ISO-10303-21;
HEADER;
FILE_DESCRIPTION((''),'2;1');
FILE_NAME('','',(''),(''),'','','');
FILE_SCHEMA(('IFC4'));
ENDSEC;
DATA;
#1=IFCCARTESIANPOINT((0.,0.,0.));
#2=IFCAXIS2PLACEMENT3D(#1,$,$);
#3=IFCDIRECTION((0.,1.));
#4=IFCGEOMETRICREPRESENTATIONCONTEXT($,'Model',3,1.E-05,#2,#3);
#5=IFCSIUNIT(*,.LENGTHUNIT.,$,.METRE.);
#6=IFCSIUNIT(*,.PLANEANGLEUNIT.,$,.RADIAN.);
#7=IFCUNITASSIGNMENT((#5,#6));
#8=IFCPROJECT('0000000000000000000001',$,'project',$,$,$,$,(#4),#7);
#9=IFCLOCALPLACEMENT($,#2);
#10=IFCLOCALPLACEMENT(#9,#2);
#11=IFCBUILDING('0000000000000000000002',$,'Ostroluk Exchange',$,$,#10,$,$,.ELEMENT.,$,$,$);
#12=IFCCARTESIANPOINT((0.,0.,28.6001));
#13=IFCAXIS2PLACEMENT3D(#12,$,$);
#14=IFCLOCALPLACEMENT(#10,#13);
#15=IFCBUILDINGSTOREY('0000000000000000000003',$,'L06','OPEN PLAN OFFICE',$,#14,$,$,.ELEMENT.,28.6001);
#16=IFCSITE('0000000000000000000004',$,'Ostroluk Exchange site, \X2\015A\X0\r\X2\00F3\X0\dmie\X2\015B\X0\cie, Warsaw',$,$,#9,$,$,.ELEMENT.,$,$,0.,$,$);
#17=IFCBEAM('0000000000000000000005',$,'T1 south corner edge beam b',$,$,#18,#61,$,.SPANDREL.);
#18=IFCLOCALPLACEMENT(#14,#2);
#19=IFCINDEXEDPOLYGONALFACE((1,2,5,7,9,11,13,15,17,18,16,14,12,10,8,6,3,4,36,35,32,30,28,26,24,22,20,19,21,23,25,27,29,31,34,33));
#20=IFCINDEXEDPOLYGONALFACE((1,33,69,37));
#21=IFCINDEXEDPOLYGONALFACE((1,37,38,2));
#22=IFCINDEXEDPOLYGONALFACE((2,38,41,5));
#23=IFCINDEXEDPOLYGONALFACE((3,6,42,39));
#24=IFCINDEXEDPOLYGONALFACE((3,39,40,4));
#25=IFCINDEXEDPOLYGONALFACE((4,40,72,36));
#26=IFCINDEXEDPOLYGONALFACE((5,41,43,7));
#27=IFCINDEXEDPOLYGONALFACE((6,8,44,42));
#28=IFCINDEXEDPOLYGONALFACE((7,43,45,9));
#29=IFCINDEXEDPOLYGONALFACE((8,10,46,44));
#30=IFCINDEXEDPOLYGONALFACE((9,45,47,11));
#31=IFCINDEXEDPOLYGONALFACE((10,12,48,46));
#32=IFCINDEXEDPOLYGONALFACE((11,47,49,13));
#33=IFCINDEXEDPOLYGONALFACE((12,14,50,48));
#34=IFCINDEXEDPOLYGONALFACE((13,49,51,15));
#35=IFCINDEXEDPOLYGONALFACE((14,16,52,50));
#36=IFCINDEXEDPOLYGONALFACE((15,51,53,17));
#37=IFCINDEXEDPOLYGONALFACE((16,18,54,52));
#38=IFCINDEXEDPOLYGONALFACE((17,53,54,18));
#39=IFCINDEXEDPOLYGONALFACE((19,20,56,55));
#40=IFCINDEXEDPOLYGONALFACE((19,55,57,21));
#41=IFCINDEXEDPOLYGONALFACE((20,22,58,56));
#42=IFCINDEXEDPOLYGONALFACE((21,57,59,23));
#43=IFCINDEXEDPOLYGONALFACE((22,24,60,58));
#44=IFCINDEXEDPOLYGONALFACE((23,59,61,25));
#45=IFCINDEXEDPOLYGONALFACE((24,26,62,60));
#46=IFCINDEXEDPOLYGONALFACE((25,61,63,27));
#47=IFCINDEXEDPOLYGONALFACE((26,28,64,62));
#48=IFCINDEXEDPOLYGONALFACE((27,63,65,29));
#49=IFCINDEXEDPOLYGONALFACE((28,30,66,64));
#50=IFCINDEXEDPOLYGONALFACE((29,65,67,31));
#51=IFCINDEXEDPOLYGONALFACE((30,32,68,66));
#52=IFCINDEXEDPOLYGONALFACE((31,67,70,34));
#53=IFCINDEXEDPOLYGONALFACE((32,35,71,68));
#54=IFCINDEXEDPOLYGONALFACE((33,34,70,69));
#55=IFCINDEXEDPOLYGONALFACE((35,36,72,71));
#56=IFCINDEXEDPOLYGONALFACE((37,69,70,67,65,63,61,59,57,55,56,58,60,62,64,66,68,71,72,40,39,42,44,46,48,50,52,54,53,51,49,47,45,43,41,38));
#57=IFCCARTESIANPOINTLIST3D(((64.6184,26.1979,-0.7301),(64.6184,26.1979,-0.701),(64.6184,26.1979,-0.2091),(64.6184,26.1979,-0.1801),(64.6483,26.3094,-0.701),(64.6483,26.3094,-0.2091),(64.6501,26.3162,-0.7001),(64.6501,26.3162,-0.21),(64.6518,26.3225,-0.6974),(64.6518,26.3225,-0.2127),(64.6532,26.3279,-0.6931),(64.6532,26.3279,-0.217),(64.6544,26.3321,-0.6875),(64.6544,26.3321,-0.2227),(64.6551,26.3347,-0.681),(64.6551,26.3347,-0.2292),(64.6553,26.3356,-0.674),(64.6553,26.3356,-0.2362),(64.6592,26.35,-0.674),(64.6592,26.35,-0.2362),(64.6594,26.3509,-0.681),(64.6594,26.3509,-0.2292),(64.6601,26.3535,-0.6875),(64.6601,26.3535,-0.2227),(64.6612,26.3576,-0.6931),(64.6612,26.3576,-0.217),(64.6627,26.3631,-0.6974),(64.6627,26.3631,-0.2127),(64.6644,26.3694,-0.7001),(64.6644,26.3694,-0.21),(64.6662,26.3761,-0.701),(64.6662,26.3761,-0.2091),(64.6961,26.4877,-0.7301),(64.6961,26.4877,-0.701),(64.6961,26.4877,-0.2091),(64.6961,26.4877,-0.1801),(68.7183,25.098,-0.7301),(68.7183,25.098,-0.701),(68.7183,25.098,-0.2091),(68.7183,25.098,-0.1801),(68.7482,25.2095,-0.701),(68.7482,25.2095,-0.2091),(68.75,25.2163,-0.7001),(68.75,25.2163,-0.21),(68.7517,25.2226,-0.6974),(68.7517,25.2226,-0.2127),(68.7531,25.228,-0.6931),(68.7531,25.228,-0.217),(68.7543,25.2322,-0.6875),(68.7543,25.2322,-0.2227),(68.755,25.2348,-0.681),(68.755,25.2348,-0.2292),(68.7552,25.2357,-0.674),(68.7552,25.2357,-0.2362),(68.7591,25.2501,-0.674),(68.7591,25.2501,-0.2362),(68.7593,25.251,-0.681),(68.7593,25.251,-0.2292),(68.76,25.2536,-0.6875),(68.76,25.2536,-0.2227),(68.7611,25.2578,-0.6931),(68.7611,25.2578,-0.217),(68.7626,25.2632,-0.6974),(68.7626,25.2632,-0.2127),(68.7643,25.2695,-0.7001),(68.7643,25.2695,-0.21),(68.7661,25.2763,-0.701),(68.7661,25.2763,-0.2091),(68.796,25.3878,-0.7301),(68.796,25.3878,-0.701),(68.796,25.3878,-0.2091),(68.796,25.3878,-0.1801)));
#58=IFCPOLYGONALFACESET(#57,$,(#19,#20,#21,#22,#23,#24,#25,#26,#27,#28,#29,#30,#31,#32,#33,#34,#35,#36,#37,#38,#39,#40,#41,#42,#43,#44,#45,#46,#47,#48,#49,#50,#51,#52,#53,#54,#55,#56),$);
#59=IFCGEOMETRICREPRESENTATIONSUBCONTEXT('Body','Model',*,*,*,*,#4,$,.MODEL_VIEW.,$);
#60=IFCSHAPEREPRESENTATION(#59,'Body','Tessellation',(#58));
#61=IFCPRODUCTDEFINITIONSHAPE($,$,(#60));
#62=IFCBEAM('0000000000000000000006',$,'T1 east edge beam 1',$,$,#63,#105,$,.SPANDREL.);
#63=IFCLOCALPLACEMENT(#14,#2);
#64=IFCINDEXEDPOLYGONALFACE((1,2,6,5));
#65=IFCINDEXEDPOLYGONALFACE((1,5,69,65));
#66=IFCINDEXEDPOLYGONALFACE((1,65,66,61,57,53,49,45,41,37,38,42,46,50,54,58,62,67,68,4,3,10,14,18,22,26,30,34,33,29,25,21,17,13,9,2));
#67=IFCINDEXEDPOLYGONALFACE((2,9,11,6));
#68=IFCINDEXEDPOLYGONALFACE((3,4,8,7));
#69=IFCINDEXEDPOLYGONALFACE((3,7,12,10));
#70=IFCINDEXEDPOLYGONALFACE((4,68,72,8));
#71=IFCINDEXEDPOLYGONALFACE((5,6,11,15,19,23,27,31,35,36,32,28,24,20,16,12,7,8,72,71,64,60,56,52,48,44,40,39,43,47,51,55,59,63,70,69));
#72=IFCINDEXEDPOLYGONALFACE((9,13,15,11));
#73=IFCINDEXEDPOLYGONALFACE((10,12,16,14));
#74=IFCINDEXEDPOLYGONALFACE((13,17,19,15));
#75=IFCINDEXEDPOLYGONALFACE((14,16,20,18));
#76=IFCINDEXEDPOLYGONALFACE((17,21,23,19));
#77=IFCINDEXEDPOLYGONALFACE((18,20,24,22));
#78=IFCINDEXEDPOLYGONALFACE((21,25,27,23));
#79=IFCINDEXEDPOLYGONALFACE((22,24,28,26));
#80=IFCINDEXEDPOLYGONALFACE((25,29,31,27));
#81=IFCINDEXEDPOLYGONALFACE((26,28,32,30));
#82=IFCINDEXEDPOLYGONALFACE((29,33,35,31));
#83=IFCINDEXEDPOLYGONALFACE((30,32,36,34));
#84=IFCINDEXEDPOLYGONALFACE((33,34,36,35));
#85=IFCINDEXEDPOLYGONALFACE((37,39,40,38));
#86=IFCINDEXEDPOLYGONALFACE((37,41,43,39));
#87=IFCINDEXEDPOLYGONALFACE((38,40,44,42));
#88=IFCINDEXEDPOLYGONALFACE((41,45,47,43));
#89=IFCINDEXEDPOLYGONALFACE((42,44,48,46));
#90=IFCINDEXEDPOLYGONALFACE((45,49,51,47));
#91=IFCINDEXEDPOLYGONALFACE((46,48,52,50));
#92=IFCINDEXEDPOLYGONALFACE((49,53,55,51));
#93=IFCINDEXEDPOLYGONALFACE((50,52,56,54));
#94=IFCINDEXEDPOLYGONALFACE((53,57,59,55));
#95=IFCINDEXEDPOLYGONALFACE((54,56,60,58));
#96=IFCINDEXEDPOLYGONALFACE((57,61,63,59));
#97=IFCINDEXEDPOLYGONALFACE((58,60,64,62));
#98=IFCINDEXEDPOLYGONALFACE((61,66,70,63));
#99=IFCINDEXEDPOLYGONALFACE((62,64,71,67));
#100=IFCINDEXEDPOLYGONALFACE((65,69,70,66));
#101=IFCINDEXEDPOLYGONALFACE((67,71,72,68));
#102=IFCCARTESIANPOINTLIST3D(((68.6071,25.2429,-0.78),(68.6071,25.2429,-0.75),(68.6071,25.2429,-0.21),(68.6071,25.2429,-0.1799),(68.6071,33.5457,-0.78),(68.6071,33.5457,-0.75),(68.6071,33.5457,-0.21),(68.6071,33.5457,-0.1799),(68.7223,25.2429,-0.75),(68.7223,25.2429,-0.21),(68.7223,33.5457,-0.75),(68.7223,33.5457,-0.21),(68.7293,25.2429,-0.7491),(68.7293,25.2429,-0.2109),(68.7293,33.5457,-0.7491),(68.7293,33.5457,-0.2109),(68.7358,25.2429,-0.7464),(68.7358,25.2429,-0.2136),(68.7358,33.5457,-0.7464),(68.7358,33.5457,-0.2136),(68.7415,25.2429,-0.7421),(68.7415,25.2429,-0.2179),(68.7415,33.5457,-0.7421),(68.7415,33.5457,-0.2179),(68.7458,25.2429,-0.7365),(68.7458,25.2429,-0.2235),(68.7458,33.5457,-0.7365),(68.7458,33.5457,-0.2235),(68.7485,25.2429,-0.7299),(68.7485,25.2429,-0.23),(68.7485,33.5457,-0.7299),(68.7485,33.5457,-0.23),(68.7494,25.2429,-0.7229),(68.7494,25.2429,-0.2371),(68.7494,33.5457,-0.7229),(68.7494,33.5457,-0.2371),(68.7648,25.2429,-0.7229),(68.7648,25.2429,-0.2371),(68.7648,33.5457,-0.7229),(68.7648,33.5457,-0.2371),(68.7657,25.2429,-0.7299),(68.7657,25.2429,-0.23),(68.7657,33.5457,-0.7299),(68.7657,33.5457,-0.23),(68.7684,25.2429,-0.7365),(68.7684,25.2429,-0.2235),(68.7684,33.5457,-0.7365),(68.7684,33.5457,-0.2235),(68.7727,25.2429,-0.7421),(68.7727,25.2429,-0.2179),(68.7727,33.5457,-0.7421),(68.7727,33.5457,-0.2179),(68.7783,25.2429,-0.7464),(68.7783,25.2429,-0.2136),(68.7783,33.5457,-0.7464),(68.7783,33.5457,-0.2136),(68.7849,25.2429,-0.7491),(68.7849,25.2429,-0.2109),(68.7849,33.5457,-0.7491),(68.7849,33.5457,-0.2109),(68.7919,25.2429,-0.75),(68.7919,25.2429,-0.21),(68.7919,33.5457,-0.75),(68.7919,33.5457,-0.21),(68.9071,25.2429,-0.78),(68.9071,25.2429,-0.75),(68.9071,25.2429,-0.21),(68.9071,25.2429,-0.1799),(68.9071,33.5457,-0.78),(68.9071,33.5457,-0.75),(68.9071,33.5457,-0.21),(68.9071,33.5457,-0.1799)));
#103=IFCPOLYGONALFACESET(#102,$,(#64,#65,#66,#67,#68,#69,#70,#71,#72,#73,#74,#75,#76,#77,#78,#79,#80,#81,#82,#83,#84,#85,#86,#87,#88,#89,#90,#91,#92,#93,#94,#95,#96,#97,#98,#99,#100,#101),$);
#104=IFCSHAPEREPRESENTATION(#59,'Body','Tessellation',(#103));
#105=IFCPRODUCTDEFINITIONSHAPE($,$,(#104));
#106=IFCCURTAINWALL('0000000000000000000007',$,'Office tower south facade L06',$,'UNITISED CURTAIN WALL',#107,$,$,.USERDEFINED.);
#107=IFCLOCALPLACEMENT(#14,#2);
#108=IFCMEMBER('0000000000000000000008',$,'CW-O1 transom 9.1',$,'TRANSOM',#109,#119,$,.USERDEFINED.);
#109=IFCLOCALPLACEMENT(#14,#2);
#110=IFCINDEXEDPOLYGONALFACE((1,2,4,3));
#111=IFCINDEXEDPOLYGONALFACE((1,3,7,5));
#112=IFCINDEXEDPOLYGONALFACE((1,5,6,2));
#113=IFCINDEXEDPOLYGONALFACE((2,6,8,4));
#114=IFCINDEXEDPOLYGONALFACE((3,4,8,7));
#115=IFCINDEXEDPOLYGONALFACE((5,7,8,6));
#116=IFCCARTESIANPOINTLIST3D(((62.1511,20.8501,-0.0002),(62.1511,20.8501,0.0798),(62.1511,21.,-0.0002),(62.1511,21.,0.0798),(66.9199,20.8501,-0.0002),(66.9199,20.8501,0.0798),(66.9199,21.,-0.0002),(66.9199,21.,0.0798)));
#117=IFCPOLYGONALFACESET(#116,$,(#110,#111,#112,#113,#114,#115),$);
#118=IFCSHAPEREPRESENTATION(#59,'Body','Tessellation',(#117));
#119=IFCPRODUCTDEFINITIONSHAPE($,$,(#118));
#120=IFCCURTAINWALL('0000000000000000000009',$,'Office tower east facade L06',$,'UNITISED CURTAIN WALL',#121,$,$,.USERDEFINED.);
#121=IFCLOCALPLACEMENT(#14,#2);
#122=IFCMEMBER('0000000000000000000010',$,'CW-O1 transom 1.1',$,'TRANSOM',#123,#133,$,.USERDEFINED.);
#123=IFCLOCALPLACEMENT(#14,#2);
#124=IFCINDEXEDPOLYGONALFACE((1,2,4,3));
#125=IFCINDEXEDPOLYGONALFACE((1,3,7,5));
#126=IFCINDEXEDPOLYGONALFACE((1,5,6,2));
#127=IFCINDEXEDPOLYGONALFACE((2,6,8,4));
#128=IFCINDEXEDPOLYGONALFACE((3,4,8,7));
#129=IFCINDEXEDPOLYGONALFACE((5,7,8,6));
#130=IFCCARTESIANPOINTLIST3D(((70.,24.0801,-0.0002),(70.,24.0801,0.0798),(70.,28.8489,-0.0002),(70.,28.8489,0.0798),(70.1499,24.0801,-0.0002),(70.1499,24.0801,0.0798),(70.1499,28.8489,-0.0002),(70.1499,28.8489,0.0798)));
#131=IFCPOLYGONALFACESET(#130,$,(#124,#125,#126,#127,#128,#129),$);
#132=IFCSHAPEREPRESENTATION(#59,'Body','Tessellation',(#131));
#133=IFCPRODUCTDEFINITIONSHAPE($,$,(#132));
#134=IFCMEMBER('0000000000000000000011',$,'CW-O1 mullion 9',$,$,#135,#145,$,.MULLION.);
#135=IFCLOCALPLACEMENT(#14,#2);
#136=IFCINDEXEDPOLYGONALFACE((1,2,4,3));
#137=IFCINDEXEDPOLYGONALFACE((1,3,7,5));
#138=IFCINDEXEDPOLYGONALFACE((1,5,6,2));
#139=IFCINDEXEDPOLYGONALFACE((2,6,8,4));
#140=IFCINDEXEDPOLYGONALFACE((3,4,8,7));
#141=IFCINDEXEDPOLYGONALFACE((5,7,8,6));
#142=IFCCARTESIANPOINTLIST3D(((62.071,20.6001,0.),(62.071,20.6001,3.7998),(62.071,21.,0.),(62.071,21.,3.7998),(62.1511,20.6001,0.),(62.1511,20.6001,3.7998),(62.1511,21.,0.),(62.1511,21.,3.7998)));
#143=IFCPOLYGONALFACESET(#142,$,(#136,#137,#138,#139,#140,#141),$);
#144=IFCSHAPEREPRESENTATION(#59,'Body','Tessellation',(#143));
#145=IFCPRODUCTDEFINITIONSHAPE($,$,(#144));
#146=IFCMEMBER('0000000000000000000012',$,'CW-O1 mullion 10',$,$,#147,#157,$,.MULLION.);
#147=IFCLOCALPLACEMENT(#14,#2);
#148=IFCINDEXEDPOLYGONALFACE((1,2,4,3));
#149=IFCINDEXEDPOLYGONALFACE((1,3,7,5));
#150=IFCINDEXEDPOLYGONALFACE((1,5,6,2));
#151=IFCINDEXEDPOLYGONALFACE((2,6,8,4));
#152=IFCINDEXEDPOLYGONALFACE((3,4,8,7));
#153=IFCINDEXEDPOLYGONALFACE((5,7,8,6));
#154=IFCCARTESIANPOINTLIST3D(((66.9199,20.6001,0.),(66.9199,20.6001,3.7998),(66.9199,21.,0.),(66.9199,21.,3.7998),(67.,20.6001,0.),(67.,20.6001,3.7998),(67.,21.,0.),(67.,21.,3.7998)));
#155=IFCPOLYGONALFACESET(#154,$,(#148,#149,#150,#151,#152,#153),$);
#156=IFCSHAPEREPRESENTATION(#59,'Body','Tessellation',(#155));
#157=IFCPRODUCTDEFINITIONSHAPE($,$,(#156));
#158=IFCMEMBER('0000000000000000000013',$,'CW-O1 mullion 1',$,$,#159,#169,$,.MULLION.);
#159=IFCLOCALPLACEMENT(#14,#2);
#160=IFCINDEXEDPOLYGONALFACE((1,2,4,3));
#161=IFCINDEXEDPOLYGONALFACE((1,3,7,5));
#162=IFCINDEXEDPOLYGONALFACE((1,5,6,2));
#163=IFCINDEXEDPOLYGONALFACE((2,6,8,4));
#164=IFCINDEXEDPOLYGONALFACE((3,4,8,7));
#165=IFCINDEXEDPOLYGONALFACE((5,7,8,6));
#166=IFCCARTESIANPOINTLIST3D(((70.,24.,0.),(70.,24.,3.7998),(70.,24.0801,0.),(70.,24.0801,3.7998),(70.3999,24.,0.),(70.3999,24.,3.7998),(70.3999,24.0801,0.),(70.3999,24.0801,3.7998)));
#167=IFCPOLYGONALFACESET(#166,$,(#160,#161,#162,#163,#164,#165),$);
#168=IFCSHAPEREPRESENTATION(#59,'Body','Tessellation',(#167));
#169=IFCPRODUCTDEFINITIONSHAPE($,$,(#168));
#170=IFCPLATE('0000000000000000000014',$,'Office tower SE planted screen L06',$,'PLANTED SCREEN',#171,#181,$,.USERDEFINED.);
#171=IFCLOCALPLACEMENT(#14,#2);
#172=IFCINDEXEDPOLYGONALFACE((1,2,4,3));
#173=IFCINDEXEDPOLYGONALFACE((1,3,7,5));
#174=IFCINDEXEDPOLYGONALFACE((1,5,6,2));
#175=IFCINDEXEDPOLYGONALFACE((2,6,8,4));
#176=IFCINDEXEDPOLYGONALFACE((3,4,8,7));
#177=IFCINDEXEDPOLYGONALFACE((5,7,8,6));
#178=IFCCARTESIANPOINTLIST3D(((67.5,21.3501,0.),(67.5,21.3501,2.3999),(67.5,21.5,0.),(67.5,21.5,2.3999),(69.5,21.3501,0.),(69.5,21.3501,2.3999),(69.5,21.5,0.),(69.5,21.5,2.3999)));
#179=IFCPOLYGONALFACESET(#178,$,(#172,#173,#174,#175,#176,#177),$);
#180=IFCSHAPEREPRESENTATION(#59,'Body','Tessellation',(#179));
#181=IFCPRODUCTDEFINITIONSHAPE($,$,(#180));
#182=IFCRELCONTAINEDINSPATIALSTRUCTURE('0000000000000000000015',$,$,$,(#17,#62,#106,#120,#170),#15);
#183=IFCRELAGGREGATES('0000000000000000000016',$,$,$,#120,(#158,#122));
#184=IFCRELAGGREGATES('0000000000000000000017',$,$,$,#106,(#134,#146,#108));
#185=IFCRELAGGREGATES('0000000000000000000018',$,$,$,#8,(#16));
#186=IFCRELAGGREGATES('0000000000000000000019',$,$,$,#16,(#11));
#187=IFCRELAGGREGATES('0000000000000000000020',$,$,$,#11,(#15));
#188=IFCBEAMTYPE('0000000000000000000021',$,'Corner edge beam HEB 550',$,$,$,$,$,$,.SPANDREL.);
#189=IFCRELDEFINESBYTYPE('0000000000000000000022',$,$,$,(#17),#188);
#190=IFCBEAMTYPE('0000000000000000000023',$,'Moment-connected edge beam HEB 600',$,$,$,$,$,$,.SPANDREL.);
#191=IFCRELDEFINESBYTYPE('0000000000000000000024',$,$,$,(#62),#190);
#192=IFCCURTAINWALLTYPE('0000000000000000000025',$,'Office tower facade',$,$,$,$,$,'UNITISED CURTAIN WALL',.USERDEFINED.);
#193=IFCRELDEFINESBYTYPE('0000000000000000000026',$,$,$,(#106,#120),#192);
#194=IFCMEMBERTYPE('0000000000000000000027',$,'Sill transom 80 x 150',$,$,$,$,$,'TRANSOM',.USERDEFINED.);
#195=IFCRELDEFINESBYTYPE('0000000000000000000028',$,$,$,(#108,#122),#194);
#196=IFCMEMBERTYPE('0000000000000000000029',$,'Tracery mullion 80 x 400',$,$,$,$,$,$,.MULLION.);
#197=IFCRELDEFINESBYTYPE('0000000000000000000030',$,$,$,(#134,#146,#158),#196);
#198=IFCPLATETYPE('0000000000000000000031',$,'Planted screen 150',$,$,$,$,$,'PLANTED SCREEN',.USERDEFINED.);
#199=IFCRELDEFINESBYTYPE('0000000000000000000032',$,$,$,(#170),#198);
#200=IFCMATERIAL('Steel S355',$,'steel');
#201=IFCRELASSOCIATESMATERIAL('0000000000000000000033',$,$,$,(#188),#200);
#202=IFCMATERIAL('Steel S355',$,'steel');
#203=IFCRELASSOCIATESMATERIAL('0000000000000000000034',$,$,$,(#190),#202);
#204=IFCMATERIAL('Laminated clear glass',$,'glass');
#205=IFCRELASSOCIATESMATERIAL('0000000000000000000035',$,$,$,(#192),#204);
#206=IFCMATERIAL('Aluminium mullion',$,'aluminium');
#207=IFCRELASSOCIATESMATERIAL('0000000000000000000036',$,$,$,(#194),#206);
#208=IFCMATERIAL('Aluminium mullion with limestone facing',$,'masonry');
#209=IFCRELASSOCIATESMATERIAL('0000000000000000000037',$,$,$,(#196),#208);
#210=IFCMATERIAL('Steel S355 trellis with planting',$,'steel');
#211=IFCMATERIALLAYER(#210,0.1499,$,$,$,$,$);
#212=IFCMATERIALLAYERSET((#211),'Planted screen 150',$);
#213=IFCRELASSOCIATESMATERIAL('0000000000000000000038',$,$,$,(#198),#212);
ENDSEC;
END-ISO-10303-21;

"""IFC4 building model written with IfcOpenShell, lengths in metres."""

from ifc_helpers import new_model, si_unit, direction, frame, origin, origin_2d, place, context, subcontext, project, spatial, rectangle, i_section, extrude, material, layer, layer_set, material_profile, profile_set, type_object, element, aggregate, save


model = new_model("IFC4")

# Units and contexts
model_context = context("Model", 3, precision=1e-05, world=origin(), true_north=direction((0.0, 1.0)))
body_context = subcontext(model_context, "Body", "Model", "MODEL_VIEW")
ifc_project = project(units=[si_unit("LENGTHUNIT", "METRE"), si_unit("PLANEANGLEUNIT", "RADIAN")], contexts=[model_context])

# Site, building, storey
site_placement = place(None, origin())
site = spatial("IfcSite", under=ifc_project, at=site_placement, Name="Ostroluk Exchange site, Śródmieście, Warsaw", CompositionType="ELEMENT", RefElevation=0.0)
building_placement = place(site_placement, origin())
building = spatial("IfcBuilding", under=site, at=building_placement, Name="Ostroluk Exchange", CompositionType="ELEMENT")
storey_placement = place(building_placement, frame((0.0, 0.0, 28.6001)))
storey = spatial("IfcBuildingStorey", under=building, at=storey_placement, Name="L06", Description="OPEN PLAN OFFICE", CompositionType="ELEMENT", Elevation=28.6001)

# Beams
ifc_material_1 = material(Name="Steel S355", Category="steel")
ifc_material_profile_1 = material_profile(ifc_material_1, i_section(OverallWidth=0.3, OverallDepth=0.55, WebThickness=0.0149, FlangeThickness=0.0291, FilletRadius=0.0271, at=origin_2d()), Name="HEB 550")
ifc_profile_set_1 = profile_set([ifc_material_profile_1], Name="Steel S355")
beam_type_1 = type_object("IfcBeamType", Name="Corner edge beam HEB 550", PredefinedType="SPANDREL", material=ifc_profile_set_1)
for number, where, z_axis, x_axis, name in (
    (1, (64.6572, 26.3428, -0.4551), (0.965849, -0.259105, 0.0), (0.259105, 0.965849, 0.0), "T1 south corner edge beam b"),
):
    element("IfcBeam", number, at=place(storey_placement, frame(where, z_axis=z_axis, x_axis=x_axis)), inside=storey, type_object=beam_type_1, Name=name, PredefinedType="SPANDREL", context=body_context, shape_type="SweptSolid", body=[
        extrude(i_section(OverallWidth=0.3, OverallDepth=0.55, WebThickness=0.0149, FlangeThickness=0.0291, FilletRadius=0.0271, at=origin_2d()), origin(), (0.0, 0.0, 1.0), 4.2449),
    ])
ifc_material_2 = material(Name="Steel S355", Category="steel")
ifc_material_profile_2 = material_profile(ifc_material_2, i_section(OverallWidth=0.3, OverallDepth=0.6001, WebThickness=0.0154, FlangeThickness=0.03, FilletRadius=0.0271, at=origin_2d()), Name="HEB 600")
ifc_profile_set_2 = profile_set([ifc_material_profile_2], Name="Steel S355")
beam_type_2 = type_object("IfcBeamType", Name="Moment-connected edge beam HEB 600", PredefinedType="SPANDREL", material=ifc_profile_set_2)
beam_1_placement = place(storey_placement, frame((68.7571, 25.2429, -0.48), z_axis=(0.0, 1.0, 0.0), x_axis=(-1.0, 0.0, 0.0)))
element("IfcBeam", 2, at=beam_1_placement, inside=storey, type_object=beam_type_2, Name="T1 east edge beam 1", PredefinedType="SPANDREL", context=body_context, shape_type="SweptSolid", body=[
    extrude(i_section(OverallWidth=0.3, OverallDepth=0.6001, WebThickness=0.0154, FlangeThickness=0.03, FilletRadius=0.0271, at=origin_2d()), origin(), (0.0, 0.0, 1.0), 8.3027),
])

# Curtain walls, members
ifc_material_3 = material(Name="Laminated clear glass", Category="glass")
curtain_wall_type = type_object("IfcCurtainWallType", Name="Office tower facade", ElementType="UNITISED CURTAIN WALL", PredefinedType="USERDEFINED", material=ifc_material_3)
curtain_wall_1_placement = place(storey_placement, origin())
curtain_wall_1 = element("IfcCurtainWall", 3, at=curtain_wall_1_placement, inside=storey, type_object=curtain_wall_type, Name="Office tower south facade L06", ObjectType="UNITISED CURTAIN WALL", PredefinedType="USERDEFINED")
ifc_material_4 = material(Name="Aluminium mullion", Category="aluminium")
ifc_material_profile_3 = material_profile(ifc_material_4, rectangle(XDim=0.1499, YDim=0.0801, at=origin_2d()), Name="Sill transom 80 x 150")
ifc_profile_set_3 = profile_set([ifc_material_profile_3], Name="Aluminium mullion")
member_type_1 = type_object("IfcMemberType", Name="Sill transom 80 x 150", ElementType="TRANSOM", PredefinedType="USERDEFINED", material=ifc_profile_set_3)
member_1_placement = place(storey_placement, frame((62.1511, 20.925, 0.0398), z_axis=(1.0, 0.0, 0.0), x_axis=(0.0, 1.0, 0.0)))
member_1 = element("IfcMember", 4, at=member_1_placement, type_object=member_type_1, Name="CW-O1 transom 9.1", ObjectType="TRANSOM", PredefinedType="USERDEFINED", context=body_context, shape_type="SweptSolid", body=[
    extrude(rectangle(XDim=0.1499, YDim=0.0801, at=origin_2d()), origin(), (0.0, 0.0, 1.0), 4.7688),
])
curtain_wall_2_placement = place(storey_placement, origin())
curtain_wall_2 = element("IfcCurtainWall", 5, at=curtain_wall_2_placement, inside=storey, type_object=curtain_wall_type, Name="Office tower east facade L06", ObjectType="UNITISED CURTAIN WALL", PredefinedType="USERDEFINED")
member_2_placement = place(storey_placement, frame((70.075, 24.0801, 0.0398), z_axis=(0.0, 1.0, 0.0), x_axis=(-1.0, 0.0, 0.0)))
member_2 = element("IfcMember", 6, at=member_2_placement, type_object=member_type_1, Name="CW-O1 transom 1.1", ObjectType="TRANSOM", PredefinedType="USERDEFINED", context=body_context, shape_type="SweptSolid", body=[
    extrude(rectangle(XDim=0.1499, YDim=0.0801, at=origin_2d()), origin(), (0.0, 0.0, 1.0), 4.7688),
])

# Members
ifc_material_5 = material(Name="Aluminium mullion with limestone facing", Category="masonry")
ifc_material_profile_4 = material_profile(ifc_material_5, rectangle(XDim=0.3999, YDim=0.0801, at=origin_2d()), Name="Tracery mullion 80 x 400")
ifc_profile_set_4 = profile_set([ifc_material_profile_4], Name="Aluminium mullion with limestone facing")
member_type_2 = type_object("IfcMemberType", Name="Tracery mullion 80 x 400", PredefinedType="MULLION", material=ifc_profile_set_4)
member_3_placement = place(storey_placement, frame((62.1111, 20.8, 0.0), z_axis=(0.0, 0.0, 1.0), x_axis=(0.0, 1.0, 0.0)))
member_3 = element("IfcMember", 7, at=member_3_placement, type_object=member_type_2, Name="CW-O1 mullion 9", PredefinedType="MULLION", context=body_context, shape_type="SweptSolid", body=[
    extrude(rectangle(XDim=0.3999, YDim=0.0801, at=origin_2d()), origin(), (0.0, 0.0, 1.0), 3.7998),
])
member_4_placement = place(storey_placement, frame((66.96, 20.8, 0.0), z_axis=(0.0, 0.0, 1.0), x_axis=(0.0, 1.0, 0.0)))
member_4 = element("IfcMember", 8, at=member_4_placement, type_object=member_type_2, Name="CW-O1 mullion 10", PredefinedType="MULLION", context=body_context, shape_type="SweptSolid", body=[
    extrude(rectangle(XDim=0.3999, YDim=0.0801, at=origin_2d()), origin(), (0.0, 0.0, 1.0), 3.7998),
])
member_5_placement = place(storey_placement, frame((70.2, 24.04, 0.0), z_axis=(0.0, 0.0, 1.0), x_axis=(-1.0, 0.0, 0.0)))
member_5 = element("IfcMember", 9, at=member_5_placement, type_object=member_type_2, Name="CW-O1 mullion 1", PredefinedType="MULLION", context=body_context, shape_type="SweptSolid", body=[
    extrude(rectangle(XDim=0.3999, YDim=0.0801, at=origin_2d()), origin(), (0.0, 0.0, 1.0), 3.7998),
])
aggregate(curtain_wall_2, [member_5, member_2])

# Plate
ifc_material_6 = material(Name="Steel S355 trellis with planting", Category="steel")
ifc_layer_1 = layer(ifc_material_6, 0.1499)
ifc_layer_set_1 = layer_set([ifc_layer_1], Name="Planted screen 150")
plate_type_1 = type_object("IfcPlateType", Name="Planted screen 150", ElementType="PLANTED SCREEN", PredefinedType="USERDEFINED", material=ifc_layer_set_1)
plate_1_placement = place(storey_placement, frame((68.5, 21.425, 0.0), z_axis=(0.0, 0.0, 1.0), x_axis=(1.0, 0.0, 0.0)))
element("IfcPlate", 10, at=plate_1_placement, inside=storey, type_object=plate_type_1, Name="Office tower SE planted screen L06", ObjectType="PLANTED SCREEN", PredefinedType="USERDEFINED", context=body_context, shape_type="SweptSolid", body=[
    extrude(rectangle(XDim=2.0, YDim=0.1499, at=origin_2d()), origin(), (0.0, 0.0, 1.0), 2.3999),
])
aggregate(curtain_wall_1, [member_3, member_4, member_1])

save(model, "model.ifc")
